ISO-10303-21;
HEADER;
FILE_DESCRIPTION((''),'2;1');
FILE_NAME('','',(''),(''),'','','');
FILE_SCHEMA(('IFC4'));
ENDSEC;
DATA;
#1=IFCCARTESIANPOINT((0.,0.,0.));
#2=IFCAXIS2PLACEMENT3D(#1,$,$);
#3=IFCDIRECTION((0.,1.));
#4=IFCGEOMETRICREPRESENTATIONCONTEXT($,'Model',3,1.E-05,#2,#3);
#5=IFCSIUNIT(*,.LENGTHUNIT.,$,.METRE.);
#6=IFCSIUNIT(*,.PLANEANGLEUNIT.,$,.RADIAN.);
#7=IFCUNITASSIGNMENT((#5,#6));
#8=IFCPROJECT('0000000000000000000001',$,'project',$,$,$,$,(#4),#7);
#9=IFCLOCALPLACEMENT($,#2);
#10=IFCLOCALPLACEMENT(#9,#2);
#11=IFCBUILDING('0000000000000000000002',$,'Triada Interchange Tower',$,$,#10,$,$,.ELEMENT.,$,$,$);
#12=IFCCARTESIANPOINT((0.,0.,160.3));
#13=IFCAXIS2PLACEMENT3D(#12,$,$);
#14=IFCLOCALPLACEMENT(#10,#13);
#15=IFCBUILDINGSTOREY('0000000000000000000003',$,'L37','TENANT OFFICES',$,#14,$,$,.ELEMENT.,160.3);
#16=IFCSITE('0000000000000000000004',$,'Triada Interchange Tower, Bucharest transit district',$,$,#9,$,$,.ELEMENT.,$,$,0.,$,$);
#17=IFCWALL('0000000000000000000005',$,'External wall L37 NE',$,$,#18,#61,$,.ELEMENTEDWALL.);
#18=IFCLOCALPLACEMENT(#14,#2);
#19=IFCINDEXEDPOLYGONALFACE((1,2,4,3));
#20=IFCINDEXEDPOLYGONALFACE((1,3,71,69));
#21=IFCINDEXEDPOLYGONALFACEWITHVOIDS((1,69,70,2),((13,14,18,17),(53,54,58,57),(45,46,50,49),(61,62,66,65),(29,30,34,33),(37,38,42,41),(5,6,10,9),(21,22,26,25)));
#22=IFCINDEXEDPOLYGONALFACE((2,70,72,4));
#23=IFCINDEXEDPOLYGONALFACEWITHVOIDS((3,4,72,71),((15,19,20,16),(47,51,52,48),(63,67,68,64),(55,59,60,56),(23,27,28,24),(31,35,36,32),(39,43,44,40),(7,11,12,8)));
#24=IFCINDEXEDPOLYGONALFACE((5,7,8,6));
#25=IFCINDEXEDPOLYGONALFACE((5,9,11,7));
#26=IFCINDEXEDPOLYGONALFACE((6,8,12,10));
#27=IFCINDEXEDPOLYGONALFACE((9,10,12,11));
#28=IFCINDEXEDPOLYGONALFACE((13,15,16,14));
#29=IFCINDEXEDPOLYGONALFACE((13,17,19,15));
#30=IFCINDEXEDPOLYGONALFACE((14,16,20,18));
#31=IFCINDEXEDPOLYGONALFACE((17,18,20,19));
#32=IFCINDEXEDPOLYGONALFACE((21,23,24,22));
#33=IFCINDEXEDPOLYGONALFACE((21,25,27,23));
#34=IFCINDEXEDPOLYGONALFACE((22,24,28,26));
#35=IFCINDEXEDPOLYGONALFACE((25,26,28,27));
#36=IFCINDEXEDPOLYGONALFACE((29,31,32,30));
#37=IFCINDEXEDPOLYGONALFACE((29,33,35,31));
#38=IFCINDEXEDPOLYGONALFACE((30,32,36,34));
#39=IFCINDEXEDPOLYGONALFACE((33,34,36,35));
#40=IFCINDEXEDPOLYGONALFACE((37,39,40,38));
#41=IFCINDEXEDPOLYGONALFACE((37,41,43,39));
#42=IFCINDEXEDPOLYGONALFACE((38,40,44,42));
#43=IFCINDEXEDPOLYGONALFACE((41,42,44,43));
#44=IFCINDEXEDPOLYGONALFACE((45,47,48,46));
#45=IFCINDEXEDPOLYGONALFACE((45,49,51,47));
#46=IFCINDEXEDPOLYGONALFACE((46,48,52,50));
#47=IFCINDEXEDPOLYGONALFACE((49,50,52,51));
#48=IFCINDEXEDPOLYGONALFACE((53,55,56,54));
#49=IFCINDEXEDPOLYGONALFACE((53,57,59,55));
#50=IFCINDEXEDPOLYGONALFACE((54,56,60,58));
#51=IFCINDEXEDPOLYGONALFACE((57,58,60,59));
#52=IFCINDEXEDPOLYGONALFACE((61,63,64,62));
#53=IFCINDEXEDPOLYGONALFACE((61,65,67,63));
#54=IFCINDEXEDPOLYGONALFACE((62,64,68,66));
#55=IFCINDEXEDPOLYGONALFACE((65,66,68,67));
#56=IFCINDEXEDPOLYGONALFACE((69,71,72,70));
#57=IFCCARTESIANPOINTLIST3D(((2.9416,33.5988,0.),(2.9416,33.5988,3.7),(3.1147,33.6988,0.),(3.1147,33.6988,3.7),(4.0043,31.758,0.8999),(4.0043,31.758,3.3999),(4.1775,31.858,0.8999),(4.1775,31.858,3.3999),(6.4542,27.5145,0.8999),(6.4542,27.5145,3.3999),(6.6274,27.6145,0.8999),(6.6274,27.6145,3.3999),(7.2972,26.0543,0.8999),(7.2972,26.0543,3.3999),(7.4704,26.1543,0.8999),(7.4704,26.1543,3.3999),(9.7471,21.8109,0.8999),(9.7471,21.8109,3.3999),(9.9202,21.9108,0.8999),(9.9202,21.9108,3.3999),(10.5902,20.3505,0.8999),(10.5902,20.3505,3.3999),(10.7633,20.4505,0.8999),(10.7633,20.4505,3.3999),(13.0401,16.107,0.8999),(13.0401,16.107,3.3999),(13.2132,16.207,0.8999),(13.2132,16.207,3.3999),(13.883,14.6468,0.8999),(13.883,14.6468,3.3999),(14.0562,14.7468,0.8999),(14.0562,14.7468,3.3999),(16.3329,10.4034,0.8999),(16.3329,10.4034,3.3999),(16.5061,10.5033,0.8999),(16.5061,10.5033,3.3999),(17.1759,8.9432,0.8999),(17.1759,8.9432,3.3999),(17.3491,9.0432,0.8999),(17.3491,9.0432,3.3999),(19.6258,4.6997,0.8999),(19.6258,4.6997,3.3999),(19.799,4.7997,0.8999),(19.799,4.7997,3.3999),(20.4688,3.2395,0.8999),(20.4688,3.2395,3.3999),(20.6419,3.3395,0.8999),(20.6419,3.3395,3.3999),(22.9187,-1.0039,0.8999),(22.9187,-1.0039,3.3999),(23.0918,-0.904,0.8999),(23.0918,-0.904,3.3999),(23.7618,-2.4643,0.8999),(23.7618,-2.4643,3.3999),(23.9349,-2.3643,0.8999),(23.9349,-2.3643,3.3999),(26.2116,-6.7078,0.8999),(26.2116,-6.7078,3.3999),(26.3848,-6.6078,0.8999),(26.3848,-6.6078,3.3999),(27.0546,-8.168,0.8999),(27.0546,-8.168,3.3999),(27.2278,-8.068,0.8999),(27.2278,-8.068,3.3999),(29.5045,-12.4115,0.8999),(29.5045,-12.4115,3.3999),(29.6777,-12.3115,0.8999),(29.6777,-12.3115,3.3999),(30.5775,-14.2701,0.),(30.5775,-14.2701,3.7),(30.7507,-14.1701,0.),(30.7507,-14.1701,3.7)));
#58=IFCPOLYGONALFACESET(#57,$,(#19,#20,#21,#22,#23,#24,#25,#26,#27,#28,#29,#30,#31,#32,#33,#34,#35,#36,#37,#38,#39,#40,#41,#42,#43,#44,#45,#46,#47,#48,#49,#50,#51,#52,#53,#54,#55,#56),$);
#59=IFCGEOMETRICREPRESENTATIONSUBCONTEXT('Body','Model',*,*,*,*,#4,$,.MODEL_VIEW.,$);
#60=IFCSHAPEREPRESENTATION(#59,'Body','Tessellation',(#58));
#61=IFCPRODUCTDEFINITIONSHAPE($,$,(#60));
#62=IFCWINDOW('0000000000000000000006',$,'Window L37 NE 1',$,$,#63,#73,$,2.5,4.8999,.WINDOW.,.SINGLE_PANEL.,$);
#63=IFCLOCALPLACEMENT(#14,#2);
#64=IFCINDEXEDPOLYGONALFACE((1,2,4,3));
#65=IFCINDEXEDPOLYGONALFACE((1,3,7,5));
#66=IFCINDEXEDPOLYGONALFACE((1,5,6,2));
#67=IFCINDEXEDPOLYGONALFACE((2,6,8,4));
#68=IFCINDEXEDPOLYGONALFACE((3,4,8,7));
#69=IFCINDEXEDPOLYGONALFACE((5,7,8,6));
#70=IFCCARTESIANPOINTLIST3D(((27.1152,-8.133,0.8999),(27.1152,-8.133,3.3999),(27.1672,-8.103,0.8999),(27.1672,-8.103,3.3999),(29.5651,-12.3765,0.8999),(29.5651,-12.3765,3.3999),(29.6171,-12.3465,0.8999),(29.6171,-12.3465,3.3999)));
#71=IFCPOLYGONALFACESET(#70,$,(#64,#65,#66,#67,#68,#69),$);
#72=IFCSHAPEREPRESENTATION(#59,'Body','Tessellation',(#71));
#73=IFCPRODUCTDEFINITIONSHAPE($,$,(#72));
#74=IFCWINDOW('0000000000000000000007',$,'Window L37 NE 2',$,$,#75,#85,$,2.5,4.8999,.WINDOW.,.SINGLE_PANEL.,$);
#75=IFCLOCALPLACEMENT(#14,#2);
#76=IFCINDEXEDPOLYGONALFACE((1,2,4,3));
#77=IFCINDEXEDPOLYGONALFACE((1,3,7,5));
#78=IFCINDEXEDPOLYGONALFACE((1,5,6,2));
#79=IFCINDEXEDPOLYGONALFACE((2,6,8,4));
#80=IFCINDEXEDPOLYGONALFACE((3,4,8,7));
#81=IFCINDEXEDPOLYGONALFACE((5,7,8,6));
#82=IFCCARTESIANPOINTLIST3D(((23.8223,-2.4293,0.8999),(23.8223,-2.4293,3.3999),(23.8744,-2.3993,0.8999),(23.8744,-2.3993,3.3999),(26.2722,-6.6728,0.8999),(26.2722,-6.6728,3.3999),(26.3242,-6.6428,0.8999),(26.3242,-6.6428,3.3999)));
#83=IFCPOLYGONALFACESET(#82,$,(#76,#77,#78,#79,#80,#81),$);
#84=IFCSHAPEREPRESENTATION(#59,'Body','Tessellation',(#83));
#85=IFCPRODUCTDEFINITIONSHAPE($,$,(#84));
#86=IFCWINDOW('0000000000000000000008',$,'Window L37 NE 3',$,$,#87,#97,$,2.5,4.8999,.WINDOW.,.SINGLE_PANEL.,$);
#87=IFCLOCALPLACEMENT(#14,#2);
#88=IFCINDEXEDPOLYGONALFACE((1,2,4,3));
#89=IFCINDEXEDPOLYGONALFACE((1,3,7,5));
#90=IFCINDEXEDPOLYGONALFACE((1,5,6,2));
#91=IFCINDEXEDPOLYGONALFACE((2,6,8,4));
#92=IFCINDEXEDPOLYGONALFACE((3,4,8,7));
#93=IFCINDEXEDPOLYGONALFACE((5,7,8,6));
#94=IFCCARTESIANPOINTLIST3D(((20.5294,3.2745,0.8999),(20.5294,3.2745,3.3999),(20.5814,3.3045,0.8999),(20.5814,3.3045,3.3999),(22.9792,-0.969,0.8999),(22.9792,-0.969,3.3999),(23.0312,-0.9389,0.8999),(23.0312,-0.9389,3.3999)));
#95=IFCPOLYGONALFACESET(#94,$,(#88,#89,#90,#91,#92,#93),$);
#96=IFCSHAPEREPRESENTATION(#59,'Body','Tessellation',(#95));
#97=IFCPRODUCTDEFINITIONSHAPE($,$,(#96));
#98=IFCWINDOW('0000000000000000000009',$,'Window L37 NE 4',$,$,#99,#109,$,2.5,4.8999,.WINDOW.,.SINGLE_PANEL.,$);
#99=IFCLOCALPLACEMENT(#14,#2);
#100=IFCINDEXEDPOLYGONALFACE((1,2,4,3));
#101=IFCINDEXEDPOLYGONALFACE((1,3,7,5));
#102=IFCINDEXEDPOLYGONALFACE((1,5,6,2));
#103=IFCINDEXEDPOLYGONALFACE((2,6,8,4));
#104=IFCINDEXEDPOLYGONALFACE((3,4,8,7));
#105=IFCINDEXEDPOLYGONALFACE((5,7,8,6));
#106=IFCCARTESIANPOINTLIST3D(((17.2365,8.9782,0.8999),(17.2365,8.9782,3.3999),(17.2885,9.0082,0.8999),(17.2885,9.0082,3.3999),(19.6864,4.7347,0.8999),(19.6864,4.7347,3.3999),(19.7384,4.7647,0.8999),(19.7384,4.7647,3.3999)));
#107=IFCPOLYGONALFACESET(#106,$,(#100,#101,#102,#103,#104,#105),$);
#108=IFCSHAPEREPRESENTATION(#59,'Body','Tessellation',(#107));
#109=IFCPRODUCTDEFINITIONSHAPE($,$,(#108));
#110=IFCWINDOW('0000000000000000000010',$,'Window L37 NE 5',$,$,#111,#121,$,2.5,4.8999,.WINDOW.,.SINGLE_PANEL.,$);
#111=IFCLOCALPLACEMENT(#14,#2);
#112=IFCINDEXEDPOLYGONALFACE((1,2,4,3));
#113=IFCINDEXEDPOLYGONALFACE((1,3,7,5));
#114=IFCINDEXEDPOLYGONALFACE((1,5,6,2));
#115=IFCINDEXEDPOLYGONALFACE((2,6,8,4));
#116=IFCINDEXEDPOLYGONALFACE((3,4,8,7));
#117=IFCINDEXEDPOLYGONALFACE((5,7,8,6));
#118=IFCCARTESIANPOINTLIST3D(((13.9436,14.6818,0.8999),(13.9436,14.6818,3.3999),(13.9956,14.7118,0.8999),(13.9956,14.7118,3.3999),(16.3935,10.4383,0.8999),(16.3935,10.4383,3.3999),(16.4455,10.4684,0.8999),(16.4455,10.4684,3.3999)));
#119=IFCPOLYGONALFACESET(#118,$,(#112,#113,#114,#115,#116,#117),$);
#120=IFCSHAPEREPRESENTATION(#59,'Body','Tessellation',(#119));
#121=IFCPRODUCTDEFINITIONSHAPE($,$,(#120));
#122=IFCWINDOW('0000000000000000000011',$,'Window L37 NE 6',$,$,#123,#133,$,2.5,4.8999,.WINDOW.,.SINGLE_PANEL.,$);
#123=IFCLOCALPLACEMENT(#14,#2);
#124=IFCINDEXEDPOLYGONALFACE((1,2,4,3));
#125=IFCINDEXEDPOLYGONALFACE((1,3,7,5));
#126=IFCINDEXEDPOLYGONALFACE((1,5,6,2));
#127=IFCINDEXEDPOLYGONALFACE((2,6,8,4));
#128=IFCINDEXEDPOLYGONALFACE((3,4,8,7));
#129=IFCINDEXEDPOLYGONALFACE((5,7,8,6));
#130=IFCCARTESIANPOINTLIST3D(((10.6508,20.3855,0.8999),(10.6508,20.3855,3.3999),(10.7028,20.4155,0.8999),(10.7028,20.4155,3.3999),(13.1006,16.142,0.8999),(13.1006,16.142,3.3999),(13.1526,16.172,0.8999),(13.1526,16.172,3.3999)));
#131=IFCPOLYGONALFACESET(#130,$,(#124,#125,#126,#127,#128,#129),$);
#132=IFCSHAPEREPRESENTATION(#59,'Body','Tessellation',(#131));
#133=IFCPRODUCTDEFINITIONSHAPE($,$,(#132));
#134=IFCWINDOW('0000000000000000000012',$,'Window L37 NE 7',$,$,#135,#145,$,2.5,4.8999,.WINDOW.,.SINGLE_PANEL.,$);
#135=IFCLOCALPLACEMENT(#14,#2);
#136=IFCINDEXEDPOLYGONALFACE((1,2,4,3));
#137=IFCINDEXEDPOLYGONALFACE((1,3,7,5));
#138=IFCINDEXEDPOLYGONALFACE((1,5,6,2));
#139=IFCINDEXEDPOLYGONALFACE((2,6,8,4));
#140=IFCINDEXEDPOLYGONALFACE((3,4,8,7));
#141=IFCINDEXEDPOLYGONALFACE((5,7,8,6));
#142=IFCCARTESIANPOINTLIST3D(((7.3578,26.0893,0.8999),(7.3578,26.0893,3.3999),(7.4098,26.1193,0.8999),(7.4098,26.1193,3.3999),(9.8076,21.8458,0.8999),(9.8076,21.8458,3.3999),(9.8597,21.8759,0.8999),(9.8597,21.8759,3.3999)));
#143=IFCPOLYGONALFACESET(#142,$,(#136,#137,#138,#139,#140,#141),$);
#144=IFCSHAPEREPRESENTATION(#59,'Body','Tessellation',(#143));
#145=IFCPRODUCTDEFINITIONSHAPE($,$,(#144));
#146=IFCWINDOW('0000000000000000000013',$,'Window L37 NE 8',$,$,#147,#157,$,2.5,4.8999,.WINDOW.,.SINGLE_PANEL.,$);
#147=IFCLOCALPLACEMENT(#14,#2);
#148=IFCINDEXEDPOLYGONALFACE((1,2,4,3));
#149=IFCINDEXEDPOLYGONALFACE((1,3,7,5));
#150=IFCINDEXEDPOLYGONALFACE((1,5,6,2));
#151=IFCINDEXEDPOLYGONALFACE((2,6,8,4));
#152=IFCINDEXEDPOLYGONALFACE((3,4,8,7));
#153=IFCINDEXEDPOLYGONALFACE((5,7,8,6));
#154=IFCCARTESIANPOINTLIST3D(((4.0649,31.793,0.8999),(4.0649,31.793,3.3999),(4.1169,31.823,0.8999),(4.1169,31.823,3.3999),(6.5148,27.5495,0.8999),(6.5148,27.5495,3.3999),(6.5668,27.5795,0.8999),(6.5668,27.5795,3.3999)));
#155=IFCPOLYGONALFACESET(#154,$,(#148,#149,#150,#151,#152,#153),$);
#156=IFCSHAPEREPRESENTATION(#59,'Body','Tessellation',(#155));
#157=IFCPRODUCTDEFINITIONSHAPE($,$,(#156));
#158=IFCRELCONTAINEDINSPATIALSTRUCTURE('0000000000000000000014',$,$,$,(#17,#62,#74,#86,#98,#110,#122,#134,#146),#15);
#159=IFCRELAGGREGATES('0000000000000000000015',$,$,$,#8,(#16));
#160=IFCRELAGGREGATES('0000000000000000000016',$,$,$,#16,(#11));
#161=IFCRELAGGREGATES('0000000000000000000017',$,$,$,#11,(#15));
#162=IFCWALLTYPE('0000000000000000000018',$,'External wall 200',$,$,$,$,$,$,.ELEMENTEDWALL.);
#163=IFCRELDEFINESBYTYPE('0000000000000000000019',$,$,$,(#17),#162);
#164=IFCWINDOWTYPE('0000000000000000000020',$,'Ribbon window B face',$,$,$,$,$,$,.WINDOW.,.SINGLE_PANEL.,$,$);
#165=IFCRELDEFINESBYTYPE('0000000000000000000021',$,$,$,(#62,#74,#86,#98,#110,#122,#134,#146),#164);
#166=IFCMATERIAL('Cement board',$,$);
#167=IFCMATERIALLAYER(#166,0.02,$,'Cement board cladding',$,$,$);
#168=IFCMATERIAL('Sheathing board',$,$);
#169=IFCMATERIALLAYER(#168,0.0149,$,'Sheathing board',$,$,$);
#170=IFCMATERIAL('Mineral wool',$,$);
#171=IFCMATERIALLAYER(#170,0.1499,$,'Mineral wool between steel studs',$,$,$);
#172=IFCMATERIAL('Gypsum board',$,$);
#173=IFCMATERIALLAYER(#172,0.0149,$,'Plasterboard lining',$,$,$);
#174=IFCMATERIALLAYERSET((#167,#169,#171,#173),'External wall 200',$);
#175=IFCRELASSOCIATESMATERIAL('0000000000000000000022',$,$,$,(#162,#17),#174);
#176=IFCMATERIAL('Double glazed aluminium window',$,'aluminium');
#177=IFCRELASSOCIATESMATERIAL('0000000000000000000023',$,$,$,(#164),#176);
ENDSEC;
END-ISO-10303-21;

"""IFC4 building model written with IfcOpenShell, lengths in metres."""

from ifc_helpers import new_model, si_unit, direction, frame, frame_2d, origin, place, context, subcontext, project, spatial, rectangle, extrude, material, layer, layer_set, layer_usage, type_object, element, fill, save


model = new_model("IFC4")

# Units and contexts
model_context = context("Model", 3, precision=1e-05, world=origin(), true_north=direction((0.0, 1.0)))
body_context = subcontext(model_context, "Body", "Model", "MODEL_VIEW")
ifc_project = project(units=[si_unit("LENGTHUNIT", "METRE"), si_unit("PLANEANGLEUNIT", "RADIAN")], contexts=[model_context])

# Site, building, storey
site_placement = place(None, origin())
site = spatial("IfcSite", under=ifc_project, at=site_placement, Name="Triada Interchange Tower, Bucharest transit district", CompositionType="ELEMENT", RefElevation=0.0)
building_placement = place(site_placement, origin())
building = spatial("IfcBuilding", under=site, at=building_placement, Name="Triada Interchange Tower", CompositionType="ELEMENT")
storey_placement = place(building_placement, frame((0.0, 0.0, 160.3)))
storey = spatial("IfcBuildingStorey", under=building, at=storey_placement, Name="L37", Description="TENANT OFFICES", CompositionType="ELEMENT", Elevation=160.3)

# Shared definitions
ifc_material_1 = material(Name="Cement board")
ifc_layer_1 = layer(ifc_material_1, 0.02, Name="Cement board cladding")
ifc_material_2 = material(Name="Sheathing board")
ifc_layer_2 = layer(ifc_material_2, 0.0149, Name="Sheathing board")
ifc_material_3 = material(Name="Mineral wool")
ifc_layer_3 = layer(ifc_material_3, 0.1499, Name="Mineral wool between steel studs")
ifc_material_4 = material(Name="Gypsum board")
ifc_layer_4 = layer(ifc_material_4, 0.0149, Name="Plasterboard lining")
ifc_layer_set_1 = layer_set([ifc_layer_1, ifc_layer_2, ifc_layer_3, ifc_layer_4], Name="External wall 200")
ifc_layer_usage = layer_usage(ifc_layer_set_1, "AXIS2", "POSITIVE", -0.1001)
wall_type = type_object("IfcWallType", Name="External wall 200", PredefinedType="ELEMENTEDWALL", material=ifc_layer_set_1)
ifc_material_5 = material(Name="Double glazed aluminium window", Category="aluminium")

# Wall, openings, windows
wall_1_placement = place(storey_placement, frame((30.6641, -14.22, 0.0), z_axis=(0.0, 0.0, 1.0), x_axis=(-0.499985, 0.866034, 0.0)))
wall_1 = element("IfcWall", 1, at=wall_1_placement, inside=storey, type_object=wall_type, material=ifc_layer_usage, Name="External wall L37 NE", PredefinedType="ELEMENTEDWALL", context=body_context, shape_type="SweptSolid", body=[
    extrude(rectangle(XDim=55.2737, YDim=0.2, at=frame_2d((27.6367, 0.0))), origin(), (0.0, 0.0, 1.0), 3.7),
])
opening_1_placement = place(wall_1_placement, frame((2.146, 0.0, 0.8999)))
opening_1 = element("IfcOpeningElement", 2, at=opening_1_placement, cuts=wall_1, PredefinedType="OPENING", context=body_context, shape_type="SweptSolid", body=[
    extrude(rectangle(XDim=4.8999, YDim=2.5, at=frame_2d((2.45, 1.25))), frame((0.0, 0.1099, 0.0), z_axis=(0.0, -1.0, 0.0), x_axis=(1.0, 0.0, 0.0)), (0.0, 0.0, 1.0), 0.22),
])
opening_2_placement = place(wall_1_placement, frame((8.7319, 0.0, 0.8999)))
opening_2 = element("IfcOpeningElement", 3, at=opening_2_placement, cuts=wall_1, PredefinedType="OPENING", context=body_context, shape_type="SweptSolid", body=[
    extrude(rectangle(XDim=4.8999, YDim=2.5, at=frame_2d((2.45, 1.25))), frame((0.0, 0.1099, 0.0), z_axis=(0.0, -1.0, 0.0), x_axis=(1.0, 0.0, 0.0)), (0.0, 0.0, 1.0), 0.22),
])
opening_3_placement = place(wall_1_placement, frame((15.3181, 0.0, 0.8999)))
opening_3 = element("IfcOpeningElement", 4, at=opening_3_placement, cuts=wall_1, PredefinedType="OPENING", context=body_context, shape_type="SweptSolid", body=[
    extrude(rectangle(XDim=4.8999, YDim=2.5, at=frame_2d((2.45, 1.25))), frame((0.0, 0.1099, 0.0), z_axis=(0.0, -1.0, 0.0), x_axis=(1.0, 0.0, 0.0)), (0.0, 0.0, 1.0), 0.22),
])
opening_4_placement = place(wall_1_placement, frame((21.9041, 0.0, 0.8999)))
opening_4 = element("IfcOpeningElement", 5, at=opening_4_placement, cuts=wall_1, PredefinedType="OPENING", context=body_context, shape_type="SweptSolid", body=[
    extrude(rectangle(XDim=4.8999, YDim=2.5, at=frame_2d((2.45, 1.25))), frame((0.0, 0.1099, 0.0), z_axis=(0.0, -1.0, 0.0), x_axis=(1.0, 0.0, 0.0)), (0.0, 0.0, 1.0), 0.22),
])
opening_5_placement = place(wall_1_placement, frame((28.49, 0.0, 0.8999)))
opening_5 = element("IfcOpeningElement", 6, at=opening_5_placement, cuts=wall_1, PredefinedType="OPENING", context=body_context, shape_type="SweptSolid", body=[
    extrude(rectangle(XDim=4.8999, YDim=2.5, at=frame_2d((2.45, 1.25))), frame((0.0, 0.1099, 0.0), z_axis=(0.0, -1.0, 0.0), x_axis=(1.0, 0.0, 0.0)), (0.0, 0.0, 1.0), 0.22),
])
opening_6_placement = place(wall_1_placement, frame((35.0759, 0.0, 0.8999)))
opening_6 = element("IfcOpeningElement", 7, at=opening_6_placement, cuts=wall_1, PredefinedType="OPENING", context=body_context, shape_type="SweptSolid", body=[
    extrude(rectangle(XDim=4.8999, YDim=2.5, at=frame_2d((2.45, 1.25))), frame((0.0, 0.1099, 0.0), z_axis=(0.0, -1.0, 0.0), x_axis=(1.0, 0.0, 0.0)), (0.0, 0.0, 1.0), 0.22),
])
opening_7_placement = place(wall_1_placement, frame((41.6621, 0.0, 0.8999)))
opening_7 = element("IfcOpeningElement", 8, at=opening_7_placement, cuts=wall_1, PredefinedType="OPENING", context=body_context, shape_type="SweptSolid", body=[
    extrude(rectangle(XDim=4.8999, YDim=2.5, at=frame_2d((2.45, 1.25))), frame((0.0, 0.1099, 0.0), z_axis=(0.0, -1.0, 0.0), x_axis=(1.0, 0.0, 0.0)), (0.0, 0.0, 1.0), 0.22),
])
opening_8_placement = place(wall_1_placement, frame((48.248, 0.0, 0.8999)))
opening_8 = element("IfcOpeningElement", 9, at=opening_8_placement, cuts=wall_1, PredefinedType="OPENING", context=body_context, shape_type="SweptSolid", body=[
    extrude(rectangle(XDim=4.8999, YDim=2.5, at=frame_2d((2.45, 1.25))), frame((0.0, 0.1099, 0.0), z_axis=(0.0, -1.0, 0.0), x_axis=(1.0, 0.0, 0.0)), (0.0, 0.0, 1.0), 0.22),
])
window_type_1 = type_object("IfcWindowType", Name="Ribbon window B face", PartitioningType="SINGLE_PANEL", PredefinedType="WINDOW", material=ifc_material_5)
window_1_placement = place(opening_1_placement, origin())
window_1 = element("IfcWindow", 10, at=window_1_placement, inside=storey, type_object=window_type_1, Name="Window L37 NE 1", OverallHeight=2.5, OverallWidth=4.8999, PartitioningType="SINGLE_PANEL", PredefinedType="WINDOW", context=body_context, shape_type="SweptSolid", body=[
    extrude(rectangle(XDim=4.8999, YDim=2.5, at=frame_2d((2.45, 1.25))), frame((0.0, 0.03, 0.0), z_axis=(0.0, -1.0, 0.0), x_axis=(1.0, 0.0, 0.0)), (0.0, 0.0, 1.0), 0.0601),
])
fill(opening_1, window_1)
window_2_placement = place(opening_2_placement, origin())
window_2 = element("IfcWindow", 11, at=window_2_placement, inside=storey, type_object=window_type_1, Name="Window L37 NE 2", OverallHeight=2.5, OverallWidth=4.8999, PartitioningType="SINGLE_PANEL", PredefinedType="WINDOW", context=body_context, shape_type="SweptSolid", body=[
    extrude(rectangle(XDim=4.8999, YDim=2.5, at=frame_2d((2.45, 1.25))), frame((0.0, 0.03, 0.0), z_axis=(0.0, -1.0, 0.0), x_axis=(1.0, 0.0, 0.0)), (0.0, 0.0, 1.0), 0.0601),
])
fill(opening_2, window_2)
window_3_placement = place(opening_3_placement, origin())
window_3 = element("IfcWindow", 12, at=window_3_placement, inside=storey, type_object=window_type_1, Name="Window L37 NE 3", OverallHeight=2.5, OverallWidth=4.8999, PartitioningType="SINGLE_PANEL", PredefinedType="WINDOW", context=body_context, shape_type="SweptSolid", body=[
    extrude(rectangle(XDim=4.8999, YDim=2.5, at=frame_2d((2.45, 1.25))), frame((0.0, 0.03, 0.0), z_axis=(0.0, -1.0, 0.0), x_axis=(1.0, 0.0, 0.0)), (0.0, 0.0, 1.0), 0.0601),
])
fill(opening_3, window_3)
window_4_placement = place(opening_4_placement, origin())
window_4 = element("IfcWindow", 13, at=window_4_placement, inside=storey, type_object=window_type_1, Name="Window L37 NE 4", OverallHeight=2.5, OverallWidth=4.8999, PartitioningType="SINGLE_PANEL", PredefinedType="WINDOW", context=body_context, shape_type="SweptSolid", body=[
    extrude(rectangle(XDim=4.8999, YDim=2.5, at=frame_2d((2.45, 1.25))), frame((0.0, 0.03, 0.0), z_axis=(0.0, -1.0, 0.0), x_axis=(1.0, 0.0, 0.0)), (0.0, 0.0, 1.0), 0.0601),
])
fill(opening_4, window_4)
window_5_placement = place(opening_5_placement, origin())
window_5 = element("IfcWindow", 14, at=window_5_placement, inside=storey, type_object=window_type_1, Name="Window L37 NE 5", OverallHeight=2.5, OverallWidth=4.8999, PartitioningType="SINGLE_PANEL", PredefinedType="WINDOW", context=body_context, shape_type="SweptSolid", body=[
    extrude(rectangle(XDim=4.8999, YDim=2.5, at=frame_2d((2.45, 1.25))), frame((0.0, 0.03, 0.0), z_axis=(0.0, -1.0, 0.0), x_axis=(1.0, 0.0, 0.0)), (0.0, 0.0, 1.0), 0.0601),
])
fill(opening_5, window_5)
window_6_placement = place(opening_6_placement, origin())
window_6 = element("IfcWindow", 15, at=window_6_placement, inside=storey, type_object=window_type_1, Name="Window L37 NE 6", OverallHeight=2.5, OverallWidth=4.8999, PartitioningType="SINGLE_PANEL", PredefinedType="WINDOW", context=body_context, shape_type="SweptSolid", body=[
    extrude(rectangle(XDim=4.8999, YDim=2.5, at=frame_2d((2.45, 1.25))), frame((0.0, 0.03, 0.0), z_axis=(0.0, -1.0, 0.0), x_axis=(1.0, 0.0, 0.0)), (0.0, 0.0, 1.0), 0.0601),
])
fill(opening_6, window_6)
window_7_placement = place(opening_7_placement, origin())
window_7 = element("IfcWindow", 16, at=window_7_placement, inside=storey, type_object=window_type_1, Name="Window L37 NE 7", OverallHeight=2.5, OverallWidth=4.8999, PartitioningType="SINGLE_PANEL", PredefinedType="WINDOW", context=body_context, shape_type="SweptSolid", body=[
    extrude(rectangle(XDim=4.8999, YDim=2.5, at=frame_2d((2.45, 1.25))), frame((0.0, 0.03, 0.0), z_axis=(0.0, -1.0, 0.0), x_axis=(1.0, 0.0, 0.0)), (0.0, 0.0, 1.0), 0.0601),
])
fill(opening_7, window_7)
window_8_placement = place(opening_8_placement, origin())
window_8 = element("IfcWindow", 17, at=window_8_placement, inside=storey, type_object=window_type_1, Name="Window L37 NE 8", OverallHeight=2.5, OverallWidth=4.8999, PartitioningType="SINGLE_PANEL", PredefinedType="WINDOW", context=body_context, shape_type="SweptSolid", body=[
    extrude(rectangle(XDim=4.8999, YDim=2.5, at=frame_2d((2.45, 1.25))), frame((0.0, 0.03, 0.0), z_axis=(0.0, -1.0, 0.0), x_axis=(1.0, 0.0, 0.0)), (0.0, 0.0, 1.0), 0.0601),
])
fill(opening_8, window_8)

save(model, "model.ifc")
